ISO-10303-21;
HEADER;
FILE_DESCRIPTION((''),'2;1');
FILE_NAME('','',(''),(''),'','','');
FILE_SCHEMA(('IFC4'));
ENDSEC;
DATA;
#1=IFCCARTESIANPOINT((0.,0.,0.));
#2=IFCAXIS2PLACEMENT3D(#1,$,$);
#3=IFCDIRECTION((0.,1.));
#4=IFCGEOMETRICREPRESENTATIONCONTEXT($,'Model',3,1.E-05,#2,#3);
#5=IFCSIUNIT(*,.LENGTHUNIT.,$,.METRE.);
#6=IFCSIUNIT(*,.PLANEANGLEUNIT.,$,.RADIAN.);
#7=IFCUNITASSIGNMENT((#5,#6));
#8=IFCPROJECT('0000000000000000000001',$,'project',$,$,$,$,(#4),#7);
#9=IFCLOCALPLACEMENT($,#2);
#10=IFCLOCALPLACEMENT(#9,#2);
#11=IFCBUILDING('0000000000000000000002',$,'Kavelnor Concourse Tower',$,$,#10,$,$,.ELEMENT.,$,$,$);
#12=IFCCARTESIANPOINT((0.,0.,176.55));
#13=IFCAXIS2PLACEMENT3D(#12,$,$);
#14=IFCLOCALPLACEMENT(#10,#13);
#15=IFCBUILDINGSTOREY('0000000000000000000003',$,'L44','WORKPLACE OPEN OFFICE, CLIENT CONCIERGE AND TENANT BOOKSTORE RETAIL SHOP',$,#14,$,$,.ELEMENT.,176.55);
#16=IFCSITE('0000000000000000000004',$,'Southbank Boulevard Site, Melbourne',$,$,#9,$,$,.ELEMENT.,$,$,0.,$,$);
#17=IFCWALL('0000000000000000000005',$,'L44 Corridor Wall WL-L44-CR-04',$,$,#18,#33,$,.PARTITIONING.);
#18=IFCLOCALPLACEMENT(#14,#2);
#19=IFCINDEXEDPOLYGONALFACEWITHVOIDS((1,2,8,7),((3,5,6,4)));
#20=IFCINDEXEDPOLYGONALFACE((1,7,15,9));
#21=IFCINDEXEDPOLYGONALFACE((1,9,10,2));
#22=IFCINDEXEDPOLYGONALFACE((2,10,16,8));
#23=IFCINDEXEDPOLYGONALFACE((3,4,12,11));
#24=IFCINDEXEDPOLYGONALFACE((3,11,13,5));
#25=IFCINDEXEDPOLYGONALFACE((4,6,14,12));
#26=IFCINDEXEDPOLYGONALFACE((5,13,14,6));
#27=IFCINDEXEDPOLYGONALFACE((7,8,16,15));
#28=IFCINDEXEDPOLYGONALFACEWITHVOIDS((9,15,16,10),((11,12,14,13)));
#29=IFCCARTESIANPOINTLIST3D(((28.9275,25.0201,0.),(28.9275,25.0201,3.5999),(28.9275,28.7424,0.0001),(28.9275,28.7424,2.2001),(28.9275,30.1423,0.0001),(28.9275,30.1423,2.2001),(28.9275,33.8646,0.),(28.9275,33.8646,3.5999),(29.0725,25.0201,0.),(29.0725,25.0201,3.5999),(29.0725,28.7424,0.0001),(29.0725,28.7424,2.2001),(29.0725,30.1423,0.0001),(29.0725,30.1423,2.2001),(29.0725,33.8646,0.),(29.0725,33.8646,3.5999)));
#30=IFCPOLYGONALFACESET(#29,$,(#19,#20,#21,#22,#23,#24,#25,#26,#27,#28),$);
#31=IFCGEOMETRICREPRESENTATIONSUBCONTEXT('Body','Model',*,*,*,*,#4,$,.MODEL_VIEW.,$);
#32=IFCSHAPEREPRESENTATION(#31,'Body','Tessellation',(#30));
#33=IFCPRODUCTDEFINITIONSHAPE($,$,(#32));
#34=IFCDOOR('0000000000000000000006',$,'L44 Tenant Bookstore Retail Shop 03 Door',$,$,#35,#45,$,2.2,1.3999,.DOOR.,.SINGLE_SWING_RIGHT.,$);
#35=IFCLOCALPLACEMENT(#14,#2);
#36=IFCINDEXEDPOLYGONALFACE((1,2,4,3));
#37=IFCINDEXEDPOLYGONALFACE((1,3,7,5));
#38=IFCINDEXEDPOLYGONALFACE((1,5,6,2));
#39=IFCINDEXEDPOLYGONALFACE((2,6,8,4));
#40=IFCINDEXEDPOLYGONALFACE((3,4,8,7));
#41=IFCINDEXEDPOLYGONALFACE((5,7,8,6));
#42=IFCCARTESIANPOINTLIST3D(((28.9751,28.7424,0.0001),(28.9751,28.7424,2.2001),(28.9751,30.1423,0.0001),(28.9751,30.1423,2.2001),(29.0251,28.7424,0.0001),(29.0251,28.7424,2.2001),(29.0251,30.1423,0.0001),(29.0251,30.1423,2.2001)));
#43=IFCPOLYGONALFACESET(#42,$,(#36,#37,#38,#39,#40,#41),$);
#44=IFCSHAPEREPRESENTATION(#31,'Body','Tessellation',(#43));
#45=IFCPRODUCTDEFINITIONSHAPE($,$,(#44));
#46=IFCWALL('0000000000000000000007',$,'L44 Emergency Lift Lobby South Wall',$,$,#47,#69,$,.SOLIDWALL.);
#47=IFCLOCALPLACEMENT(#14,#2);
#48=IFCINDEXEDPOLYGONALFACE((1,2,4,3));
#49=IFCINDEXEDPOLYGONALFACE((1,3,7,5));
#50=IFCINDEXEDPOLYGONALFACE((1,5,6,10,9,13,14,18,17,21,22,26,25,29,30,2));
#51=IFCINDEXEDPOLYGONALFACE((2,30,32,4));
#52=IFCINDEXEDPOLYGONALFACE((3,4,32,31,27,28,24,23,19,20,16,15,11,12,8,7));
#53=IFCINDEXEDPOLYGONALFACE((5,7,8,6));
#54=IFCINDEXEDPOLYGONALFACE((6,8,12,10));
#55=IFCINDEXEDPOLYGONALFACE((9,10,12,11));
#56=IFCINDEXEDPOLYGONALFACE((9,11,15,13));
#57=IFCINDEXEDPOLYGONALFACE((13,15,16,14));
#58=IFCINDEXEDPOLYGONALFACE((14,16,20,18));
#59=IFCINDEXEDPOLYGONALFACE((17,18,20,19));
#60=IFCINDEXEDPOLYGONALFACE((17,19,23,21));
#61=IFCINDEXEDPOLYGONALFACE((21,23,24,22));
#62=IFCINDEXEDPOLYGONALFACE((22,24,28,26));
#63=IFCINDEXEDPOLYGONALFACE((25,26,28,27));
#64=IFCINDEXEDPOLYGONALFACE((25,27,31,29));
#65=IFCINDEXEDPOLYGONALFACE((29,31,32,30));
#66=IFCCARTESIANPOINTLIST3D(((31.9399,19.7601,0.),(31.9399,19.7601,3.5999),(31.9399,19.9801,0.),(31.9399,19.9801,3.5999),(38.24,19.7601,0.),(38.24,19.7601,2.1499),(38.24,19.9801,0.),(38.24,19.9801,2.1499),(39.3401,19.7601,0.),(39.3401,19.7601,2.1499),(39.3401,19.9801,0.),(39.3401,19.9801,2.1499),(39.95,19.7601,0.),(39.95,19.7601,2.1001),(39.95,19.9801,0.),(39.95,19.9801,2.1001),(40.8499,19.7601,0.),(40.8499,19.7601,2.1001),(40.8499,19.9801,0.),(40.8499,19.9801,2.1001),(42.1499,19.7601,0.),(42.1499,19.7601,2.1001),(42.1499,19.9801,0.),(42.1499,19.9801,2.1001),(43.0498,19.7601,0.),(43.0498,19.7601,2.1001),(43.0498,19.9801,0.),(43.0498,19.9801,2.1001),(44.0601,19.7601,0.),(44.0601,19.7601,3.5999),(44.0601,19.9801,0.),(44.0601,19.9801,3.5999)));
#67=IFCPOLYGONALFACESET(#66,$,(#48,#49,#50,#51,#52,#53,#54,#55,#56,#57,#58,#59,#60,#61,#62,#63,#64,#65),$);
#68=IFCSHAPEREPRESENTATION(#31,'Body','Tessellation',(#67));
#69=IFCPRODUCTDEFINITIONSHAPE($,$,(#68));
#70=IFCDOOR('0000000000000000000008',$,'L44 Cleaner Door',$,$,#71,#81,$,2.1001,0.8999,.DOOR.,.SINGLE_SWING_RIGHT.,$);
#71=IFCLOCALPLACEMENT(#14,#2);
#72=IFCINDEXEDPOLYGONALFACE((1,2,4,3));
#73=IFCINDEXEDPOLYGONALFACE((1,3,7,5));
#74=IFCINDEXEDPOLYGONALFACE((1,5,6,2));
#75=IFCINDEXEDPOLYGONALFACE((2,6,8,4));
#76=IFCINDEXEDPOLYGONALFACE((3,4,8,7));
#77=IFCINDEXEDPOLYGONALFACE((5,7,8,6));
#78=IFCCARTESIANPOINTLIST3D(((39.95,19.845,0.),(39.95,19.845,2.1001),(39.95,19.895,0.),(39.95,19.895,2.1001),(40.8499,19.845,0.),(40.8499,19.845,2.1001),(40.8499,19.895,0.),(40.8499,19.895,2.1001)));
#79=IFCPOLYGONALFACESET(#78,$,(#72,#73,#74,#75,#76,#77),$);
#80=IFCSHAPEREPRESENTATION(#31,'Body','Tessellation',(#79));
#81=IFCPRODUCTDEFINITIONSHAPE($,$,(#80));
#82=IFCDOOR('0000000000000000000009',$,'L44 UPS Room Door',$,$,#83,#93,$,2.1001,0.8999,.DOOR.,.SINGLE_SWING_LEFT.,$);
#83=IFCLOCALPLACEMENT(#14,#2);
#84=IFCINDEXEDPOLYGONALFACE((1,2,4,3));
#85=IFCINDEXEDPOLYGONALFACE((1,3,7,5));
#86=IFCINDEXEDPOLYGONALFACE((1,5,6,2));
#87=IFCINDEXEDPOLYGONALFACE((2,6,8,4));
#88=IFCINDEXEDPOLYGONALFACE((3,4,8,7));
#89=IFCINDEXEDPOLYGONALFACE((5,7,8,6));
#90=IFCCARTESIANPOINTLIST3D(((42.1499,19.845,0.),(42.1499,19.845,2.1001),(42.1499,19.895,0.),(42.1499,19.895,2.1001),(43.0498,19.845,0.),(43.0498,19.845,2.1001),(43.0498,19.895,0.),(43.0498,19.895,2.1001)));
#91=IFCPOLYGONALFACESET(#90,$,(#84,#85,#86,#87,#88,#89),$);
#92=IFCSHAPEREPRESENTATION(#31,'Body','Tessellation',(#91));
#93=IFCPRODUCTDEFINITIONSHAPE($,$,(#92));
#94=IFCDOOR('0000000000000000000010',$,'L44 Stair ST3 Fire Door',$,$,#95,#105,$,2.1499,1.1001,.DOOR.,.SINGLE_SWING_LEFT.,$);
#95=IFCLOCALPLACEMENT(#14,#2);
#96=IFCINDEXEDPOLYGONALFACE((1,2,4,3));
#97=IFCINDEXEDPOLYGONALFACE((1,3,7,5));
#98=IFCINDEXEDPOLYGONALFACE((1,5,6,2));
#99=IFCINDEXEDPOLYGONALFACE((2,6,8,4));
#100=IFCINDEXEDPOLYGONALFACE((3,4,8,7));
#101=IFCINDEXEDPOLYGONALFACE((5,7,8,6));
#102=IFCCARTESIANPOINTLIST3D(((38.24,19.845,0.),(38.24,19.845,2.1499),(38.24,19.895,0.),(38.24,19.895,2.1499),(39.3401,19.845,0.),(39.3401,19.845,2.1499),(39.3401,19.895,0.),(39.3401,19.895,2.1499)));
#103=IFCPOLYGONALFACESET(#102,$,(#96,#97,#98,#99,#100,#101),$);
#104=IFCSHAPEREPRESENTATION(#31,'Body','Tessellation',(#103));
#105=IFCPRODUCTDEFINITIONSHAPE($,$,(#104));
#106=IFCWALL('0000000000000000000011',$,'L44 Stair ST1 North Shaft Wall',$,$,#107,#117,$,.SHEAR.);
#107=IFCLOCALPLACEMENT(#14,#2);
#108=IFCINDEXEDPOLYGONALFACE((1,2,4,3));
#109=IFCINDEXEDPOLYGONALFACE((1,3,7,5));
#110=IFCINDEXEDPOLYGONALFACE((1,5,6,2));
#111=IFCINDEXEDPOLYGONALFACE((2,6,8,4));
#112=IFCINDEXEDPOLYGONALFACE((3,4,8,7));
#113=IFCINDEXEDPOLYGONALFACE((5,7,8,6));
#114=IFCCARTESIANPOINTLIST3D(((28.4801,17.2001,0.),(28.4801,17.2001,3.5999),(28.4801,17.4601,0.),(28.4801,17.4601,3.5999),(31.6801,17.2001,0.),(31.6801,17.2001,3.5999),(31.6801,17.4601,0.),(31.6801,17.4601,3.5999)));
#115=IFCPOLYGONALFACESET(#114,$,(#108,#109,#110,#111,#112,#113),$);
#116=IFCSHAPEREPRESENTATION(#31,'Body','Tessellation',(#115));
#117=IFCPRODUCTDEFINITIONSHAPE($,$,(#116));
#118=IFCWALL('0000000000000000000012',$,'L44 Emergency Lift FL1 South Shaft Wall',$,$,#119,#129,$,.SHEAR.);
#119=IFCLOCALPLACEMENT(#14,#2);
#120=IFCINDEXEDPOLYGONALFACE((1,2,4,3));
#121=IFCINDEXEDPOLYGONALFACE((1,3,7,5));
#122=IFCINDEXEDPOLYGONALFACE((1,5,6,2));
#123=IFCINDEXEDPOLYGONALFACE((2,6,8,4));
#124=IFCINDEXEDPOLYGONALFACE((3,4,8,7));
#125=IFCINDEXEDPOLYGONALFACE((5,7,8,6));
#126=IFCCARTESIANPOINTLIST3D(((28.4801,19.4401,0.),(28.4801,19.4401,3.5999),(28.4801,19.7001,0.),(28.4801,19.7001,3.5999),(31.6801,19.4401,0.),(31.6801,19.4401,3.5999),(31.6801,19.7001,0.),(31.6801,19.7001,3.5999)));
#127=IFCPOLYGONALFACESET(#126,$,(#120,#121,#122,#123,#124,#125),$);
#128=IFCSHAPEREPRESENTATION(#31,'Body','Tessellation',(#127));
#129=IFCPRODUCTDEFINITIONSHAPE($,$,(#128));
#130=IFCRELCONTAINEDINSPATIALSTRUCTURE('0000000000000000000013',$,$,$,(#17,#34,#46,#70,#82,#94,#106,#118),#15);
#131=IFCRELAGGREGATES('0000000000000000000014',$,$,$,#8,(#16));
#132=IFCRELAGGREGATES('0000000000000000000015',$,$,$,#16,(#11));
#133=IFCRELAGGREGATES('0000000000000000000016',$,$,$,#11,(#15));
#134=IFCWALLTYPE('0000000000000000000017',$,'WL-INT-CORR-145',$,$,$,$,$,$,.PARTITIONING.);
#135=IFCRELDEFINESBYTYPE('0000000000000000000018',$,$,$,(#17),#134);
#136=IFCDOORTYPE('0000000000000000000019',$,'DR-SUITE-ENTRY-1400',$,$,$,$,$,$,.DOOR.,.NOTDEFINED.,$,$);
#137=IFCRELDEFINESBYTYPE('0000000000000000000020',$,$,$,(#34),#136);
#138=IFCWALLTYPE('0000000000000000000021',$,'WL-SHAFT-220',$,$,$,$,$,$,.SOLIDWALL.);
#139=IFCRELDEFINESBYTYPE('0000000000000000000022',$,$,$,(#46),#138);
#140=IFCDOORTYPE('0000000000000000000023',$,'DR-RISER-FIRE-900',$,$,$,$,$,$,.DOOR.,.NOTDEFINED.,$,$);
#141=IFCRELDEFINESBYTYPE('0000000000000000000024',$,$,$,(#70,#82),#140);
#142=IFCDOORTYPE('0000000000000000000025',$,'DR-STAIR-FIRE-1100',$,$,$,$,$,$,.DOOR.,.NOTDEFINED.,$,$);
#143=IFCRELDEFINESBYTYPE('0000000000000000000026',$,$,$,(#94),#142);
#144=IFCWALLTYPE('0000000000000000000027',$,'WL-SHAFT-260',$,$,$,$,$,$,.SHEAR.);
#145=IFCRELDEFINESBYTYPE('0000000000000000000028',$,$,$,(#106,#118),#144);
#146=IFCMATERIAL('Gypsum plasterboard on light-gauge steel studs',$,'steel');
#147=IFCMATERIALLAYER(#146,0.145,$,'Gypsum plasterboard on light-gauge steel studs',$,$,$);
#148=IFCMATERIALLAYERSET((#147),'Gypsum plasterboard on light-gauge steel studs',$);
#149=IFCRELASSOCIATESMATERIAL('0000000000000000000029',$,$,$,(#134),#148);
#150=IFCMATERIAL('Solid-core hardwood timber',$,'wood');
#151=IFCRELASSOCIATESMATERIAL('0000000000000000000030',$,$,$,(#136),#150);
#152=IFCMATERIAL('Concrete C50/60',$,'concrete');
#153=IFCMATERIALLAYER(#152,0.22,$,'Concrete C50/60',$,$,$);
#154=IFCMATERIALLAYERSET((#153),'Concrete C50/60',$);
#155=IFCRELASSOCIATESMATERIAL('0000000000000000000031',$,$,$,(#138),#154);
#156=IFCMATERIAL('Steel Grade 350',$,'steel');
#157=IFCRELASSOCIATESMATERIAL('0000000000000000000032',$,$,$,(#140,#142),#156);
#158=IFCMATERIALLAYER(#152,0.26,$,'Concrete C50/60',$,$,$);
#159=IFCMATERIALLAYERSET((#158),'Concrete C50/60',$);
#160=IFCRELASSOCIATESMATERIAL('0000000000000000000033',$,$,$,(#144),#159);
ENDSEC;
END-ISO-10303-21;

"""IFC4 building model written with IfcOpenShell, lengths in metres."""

from ifc_helpers import new_model, si_unit, direction, frame, frame_2d, origin, place, context, subcontext, project, spatial, rectangle, extrude, material, layer, layer_set, type_object, element, fill, save


model = new_model("IFC4")

# Units and contexts
model_context = context("Model", 3, precision=1e-05, world=origin(), true_north=direction((0.0, 1.0)))
body_context = subcontext(model_context, "Body", "Model", "MODEL_VIEW")
ifc_project = project(units=[si_unit("LENGTHUNIT", "METRE"), si_unit("PLANEANGLEUNIT", "RADIAN")], contexts=[model_context])

# Site, building, storey
site_placement = place(None, origin())
site = spatial("IfcSite", under=ifc_project, at=site_placement, Name="Southbank Boulevard Site, Melbourne", CompositionType="ELEMENT", RefElevation=0.0)
building_placement = place(site_placement, origin())
building = spatial("IfcBuilding", under=site, at=building_placement, Name="Kavelnor Concourse Tower", CompositionType="ELEMENT")
storey_placement = place(building_placement, frame((0.0, 0.0, 176.55)))
storey = spatial("IfcBuildingStorey", under=building, at=storey_placement, Name="L44", Description="WORKPLACE OPEN OFFICE, CLIENT CONCIERGE AND TENANT BOOKSTORE RETAIL SHOP", CompositionType="ELEMENT", Elevation=176.55)

# Shared definitions
ifc_material_1 = material(Name="Steel Grade 350", Category="steel")

# Shared definitions
ifc_material_2 = material(Name="Concrete C50/60", Category="concrete")

# Shared definitions
ifc_material_3 = material(Name="Gypsum plasterboard on light-gauge steel studs", Category="steel")
ifc_layer_1 = layer(ifc_material_3, 0.145, Name="Gypsum plasterboard on light-gauge steel studs")
ifc_layer_set_1 = layer_set([ifc_layer_1], Name="Gypsum plasterboard on light-gauge steel studs")
wall_type_1 = type_object("IfcWallType", Name="WL-INT-CORR-145", PredefinedType="PARTITIONING", material=ifc_layer_set_1)

# Wall, opening, door
wall_1_placement = place(storey_placement, frame((29.0, 25.02, 0.0), z_axis=(0.0, 0.0, 1.0), x_axis=(0.0, 1.0, 0.0)))
wall_1 = element("IfcWall", 1, at=wall_1_placement, inside=storey, type_object=wall_type_1, Name="L44 Corridor Wall WL-L44-CR-04", PredefinedType="PARTITIONING", context=body_context, shape_type="SweptSolid", body=[
    extrude(rectangle(XDim=8.8445, YDim=0.145, at=frame_2d((4.4224, 0.0))), origin(), (0.0, 0.0, 1.0), 3.5999),
])
opening_1_placement = place(wall_1_placement, frame((3.7224, 0.0, 0.0)))
opening_1 = element("IfcOpeningElement", 2, at=opening_1_placement, cuts=wall_1, PredefinedType="OPENING", context=body_context, shape_type="SweptSolid", body=[
    extrude(rectangle(XDim=1.3999, YDim=2.2, at=frame_2d((0.7, 1.1001))), frame((0.0, 0.0825, 0.0), z_axis=(0.0, -1.0, 0.0), x_axis=(1.0, 0.0, 0.0)), (0.0, 0.0, 1.0), 0.165),
])
ifc_material_4 = material(Name="Solid-core hardwood timber", Category="wood")
door_type_1 = type_object("IfcDoorType", Name="DR-SUITE-ENTRY-1400", OperationType="NOTDEFINED", PredefinedType="DOOR", material=ifc_material_4)
door_1_placement = place(opening_1_placement, origin())
door_1 = element("IfcDoor", 3, at=door_1_placement, inside=storey, type_object=door_type_1, Name="L44 Tenant Bookstore Retail Shop 03 Door", OperationType="SINGLE_SWING_RIGHT", OverallHeight=2.2, OverallWidth=1.3999, PredefinedType="DOOR", context=body_context, shape_type="SweptSolid", body=[
    extrude(rectangle(XDim=1.3999, YDim=2.2, at=frame_2d((0.7, 1.1001))), frame((0.0, 0.0249, 0.0), z_axis=(0.0, -1.0, 0.0), x_axis=(1.0, 0.0, 0.0)), (0.0, 0.0, 1.0), 0.05),
])
fill(opening_1, door_1)

# Wall, openings, doors
ifc_layer_2 = layer(ifc_material_2, 0.22, Name="Concrete C50/60")
ifc_layer_set_2 = layer_set([ifc_layer_2], Name="Concrete C50/60")
wall_type_2 = type_object("IfcWallType", Name="WL-SHAFT-220", PredefinedType="SOLIDWALL", material=ifc_layer_set_2)
wall_2_placement = place(storey_placement, frame((31.9399, 19.8701, 0.0), z_axis=(0.0, 0.0, 1.0), x_axis=(1.0, 0.0, 0.0)))
wall_2 = element("IfcWall", 4, at=wall_2_placement, inside=storey, type_object=wall_type_2, Name="L44 Emergency Lift Lobby South Wall", PredefinedType="SOLIDWALL", context=body_context, shape_type="SweptSolid", body=[
    extrude(rectangle(XDim=12.1201, YDim=0.22, at=frame_2d((6.0601, 0.0))), origin(), (0.0, 0.0, 1.0), 3.5999),
])
opening_2_placement = place(wall_2_placement, frame((6.3, 0.0, 0.0)))
opening_2 = element("IfcOpeningElement", 5, at=opening_2_placement, cuts=wall_2, PredefinedType="OPENING", context=body_context, shape_type="SweptSolid", body=[
    extrude(rectangle(XDim=1.1001, YDim=2.1499, at=frame_2d((0.55, 1.075))), frame((0.0, 0.1201, 0.0), z_axis=(0.0, -1.0, 0.0), x_axis=(1.0, 0.0, 0.0)), (0.0, 0.0, 1.0), 0.24),
])
opening_3_placement = place(wall_2_placement, frame((8.01, 0.0, 0.0)))
opening_3 = element("IfcOpeningElement", 6, at=opening_3_placement, cuts=wall_2, PredefinedType="OPENING", context=body_context, shape_type="SweptSolid", body=[
    extrude(rectangle(XDim=0.8999, YDim=2.1001, at=frame_2d((0.45, 1.05))), frame((0.0, 0.1201, 0.0), z_axis=(0.0, -1.0, 0.0), x_axis=(1.0, 0.0, 0.0)), (0.0, 0.0, 1.0), 0.24),
])
opening_4_placement = place(wall_2_placement, frame((10.21, 0.0, 0.0)))
opening_4 = element("IfcOpeningElement", 7, at=opening_4_placement, cuts=wall_2, PredefinedType="OPENING", context=body_context, shape_type="SweptSolid", body=[
    extrude(rectangle(XDim=0.8999, YDim=2.1001, at=frame_2d((0.45, 1.05))), frame((0.0, 0.1201, 0.0), z_axis=(0.0, -1.0, 0.0), x_axis=(1.0, 0.0, 0.0)), (0.0, 0.0, 1.0), 0.24),
])
door_type_2 = type_object("IfcDoorType", Name="DR-RISER-FIRE-900", OperationType="NOTDEFINED", PredefinedType="DOOR", material=ifc_material_1)
door_2_placement = place(opening_3_placement, origin())
door_2 = element("IfcDoor", 8, at=door_2_placement, inside=storey, type_object=door_type_2, Name="L44 Cleaner Door", OperationType="SINGLE_SWING_RIGHT", OverallHeight=2.1001, OverallWidth=0.8999, PredefinedType="DOOR", context=body_context, shape_type="SweptSolid", body=[
    extrude(rectangle(XDim=0.8999, YDim=2.1001, at=frame_2d((0.45, 1.05))), frame((0.0, 0.0249, 0.0), z_axis=(0.0, -1.0, 0.0), x_axis=(1.0, 0.0, 0.0)), (0.0, 0.0, 1.0), 0.05),
])
fill(opening_3, door_2)
door_3_placement = place(opening_4_placement, origin())
door_3 = element("IfcDoor", 9, at=door_3_placement, inside=storey, type_object=door_type_2, Name="L44 UPS Room Door", OperationType="SINGLE_SWING_LEFT", OverallHeight=2.1001, OverallWidth=0.8999, PredefinedType="DOOR", context=body_context, shape_type="SweptSolid", body=[
    extrude(rectangle(XDim=0.8999, YDim=2.1001, at=frame_2d((0.45, 1.05))), frame((0.0, 0.0249, 0.0), z_axis=(0.0, -1.0, 0.0), x_axis=(1.0, 0.0, 0.0)), (0.0, 0.0, 1.0), 0.05),
])
fill(opening_4, door_3)
door_type_3 = type_object("IfcDoorType", Name="DR-STAIR-FIRE-1100", OperationType="NOTDEFINED", PredefinedType="DOOR", material=ifc_material_1)
door_4_placement = place(opening_2_placement, origin())
door_4 = element("IfcDoor", 10, at=door_4_placement, inside=storey, type_object=door_type_3, Name="L44 Stair ST3 Fire Door", OperationType="SINGLE_SWING_LEFT", OverallHeight=2.1499, OverallWidth=1.1001, PredefinedType="DOOR", context=body_context, shape_type="SweptSolid", body=[
    extrude(rectangle(XDim=1.1001, YDim=2.1499, at=frame_2d((0.55, 1.075))), frame((0.0, 0.0249, 0.0), z_axis=(0.0, -1.0, 0.0), x_axis=(1.0, 0.0, 0.0)), (0.0, 0.0, 1.0), 0.05),
])
fill(opening_2, door_4)

# Walls
ifc_layer_3 = layer(ifc_material_2, 0.26, Name="Concrete C50/60")
ifc_layer_set_3 = layer_set([ifc_layer_3], Name="Concrete C50/60")
wall_type_3 = type_object("IfcWallType", Name="WL-SHAFT-260", PredefinedType="SHEAR", material=ifc_layer_set_3)
for number, where, z_axis, x_axis, name in (
    (11, (28.48, 17.3301, 0.0), (0.0, 0.0, 1.0), (1.0, 0.0, 0.0), "L44 Stair ST1 North Shaft Wall"),
    (12, (28.48, 19.5701, 0.0), (0.0, 0.0, 1.0), (1.0, 0.0, 0.0), "L44 Emergency Lift FL1 South Shaft Wall"),
):
    element("IfcWall", number, at=place(storey_placement, frame(where, z_axis=z_axis, x_axis=x_axis)), inside=storey, type_object=wall_type_3, Name=name, PredefinedType="SHEAR", context=body_context, shape_type="SweptSolid", body=[
        extrude(rectangle(XDim=3.2, YDim=0.26, at=frame_2d((1.6001, 0.0))), origin(), (0.0, 0.0, 1.0), 3.5999),
    ])

save(model, "model.ifc")
